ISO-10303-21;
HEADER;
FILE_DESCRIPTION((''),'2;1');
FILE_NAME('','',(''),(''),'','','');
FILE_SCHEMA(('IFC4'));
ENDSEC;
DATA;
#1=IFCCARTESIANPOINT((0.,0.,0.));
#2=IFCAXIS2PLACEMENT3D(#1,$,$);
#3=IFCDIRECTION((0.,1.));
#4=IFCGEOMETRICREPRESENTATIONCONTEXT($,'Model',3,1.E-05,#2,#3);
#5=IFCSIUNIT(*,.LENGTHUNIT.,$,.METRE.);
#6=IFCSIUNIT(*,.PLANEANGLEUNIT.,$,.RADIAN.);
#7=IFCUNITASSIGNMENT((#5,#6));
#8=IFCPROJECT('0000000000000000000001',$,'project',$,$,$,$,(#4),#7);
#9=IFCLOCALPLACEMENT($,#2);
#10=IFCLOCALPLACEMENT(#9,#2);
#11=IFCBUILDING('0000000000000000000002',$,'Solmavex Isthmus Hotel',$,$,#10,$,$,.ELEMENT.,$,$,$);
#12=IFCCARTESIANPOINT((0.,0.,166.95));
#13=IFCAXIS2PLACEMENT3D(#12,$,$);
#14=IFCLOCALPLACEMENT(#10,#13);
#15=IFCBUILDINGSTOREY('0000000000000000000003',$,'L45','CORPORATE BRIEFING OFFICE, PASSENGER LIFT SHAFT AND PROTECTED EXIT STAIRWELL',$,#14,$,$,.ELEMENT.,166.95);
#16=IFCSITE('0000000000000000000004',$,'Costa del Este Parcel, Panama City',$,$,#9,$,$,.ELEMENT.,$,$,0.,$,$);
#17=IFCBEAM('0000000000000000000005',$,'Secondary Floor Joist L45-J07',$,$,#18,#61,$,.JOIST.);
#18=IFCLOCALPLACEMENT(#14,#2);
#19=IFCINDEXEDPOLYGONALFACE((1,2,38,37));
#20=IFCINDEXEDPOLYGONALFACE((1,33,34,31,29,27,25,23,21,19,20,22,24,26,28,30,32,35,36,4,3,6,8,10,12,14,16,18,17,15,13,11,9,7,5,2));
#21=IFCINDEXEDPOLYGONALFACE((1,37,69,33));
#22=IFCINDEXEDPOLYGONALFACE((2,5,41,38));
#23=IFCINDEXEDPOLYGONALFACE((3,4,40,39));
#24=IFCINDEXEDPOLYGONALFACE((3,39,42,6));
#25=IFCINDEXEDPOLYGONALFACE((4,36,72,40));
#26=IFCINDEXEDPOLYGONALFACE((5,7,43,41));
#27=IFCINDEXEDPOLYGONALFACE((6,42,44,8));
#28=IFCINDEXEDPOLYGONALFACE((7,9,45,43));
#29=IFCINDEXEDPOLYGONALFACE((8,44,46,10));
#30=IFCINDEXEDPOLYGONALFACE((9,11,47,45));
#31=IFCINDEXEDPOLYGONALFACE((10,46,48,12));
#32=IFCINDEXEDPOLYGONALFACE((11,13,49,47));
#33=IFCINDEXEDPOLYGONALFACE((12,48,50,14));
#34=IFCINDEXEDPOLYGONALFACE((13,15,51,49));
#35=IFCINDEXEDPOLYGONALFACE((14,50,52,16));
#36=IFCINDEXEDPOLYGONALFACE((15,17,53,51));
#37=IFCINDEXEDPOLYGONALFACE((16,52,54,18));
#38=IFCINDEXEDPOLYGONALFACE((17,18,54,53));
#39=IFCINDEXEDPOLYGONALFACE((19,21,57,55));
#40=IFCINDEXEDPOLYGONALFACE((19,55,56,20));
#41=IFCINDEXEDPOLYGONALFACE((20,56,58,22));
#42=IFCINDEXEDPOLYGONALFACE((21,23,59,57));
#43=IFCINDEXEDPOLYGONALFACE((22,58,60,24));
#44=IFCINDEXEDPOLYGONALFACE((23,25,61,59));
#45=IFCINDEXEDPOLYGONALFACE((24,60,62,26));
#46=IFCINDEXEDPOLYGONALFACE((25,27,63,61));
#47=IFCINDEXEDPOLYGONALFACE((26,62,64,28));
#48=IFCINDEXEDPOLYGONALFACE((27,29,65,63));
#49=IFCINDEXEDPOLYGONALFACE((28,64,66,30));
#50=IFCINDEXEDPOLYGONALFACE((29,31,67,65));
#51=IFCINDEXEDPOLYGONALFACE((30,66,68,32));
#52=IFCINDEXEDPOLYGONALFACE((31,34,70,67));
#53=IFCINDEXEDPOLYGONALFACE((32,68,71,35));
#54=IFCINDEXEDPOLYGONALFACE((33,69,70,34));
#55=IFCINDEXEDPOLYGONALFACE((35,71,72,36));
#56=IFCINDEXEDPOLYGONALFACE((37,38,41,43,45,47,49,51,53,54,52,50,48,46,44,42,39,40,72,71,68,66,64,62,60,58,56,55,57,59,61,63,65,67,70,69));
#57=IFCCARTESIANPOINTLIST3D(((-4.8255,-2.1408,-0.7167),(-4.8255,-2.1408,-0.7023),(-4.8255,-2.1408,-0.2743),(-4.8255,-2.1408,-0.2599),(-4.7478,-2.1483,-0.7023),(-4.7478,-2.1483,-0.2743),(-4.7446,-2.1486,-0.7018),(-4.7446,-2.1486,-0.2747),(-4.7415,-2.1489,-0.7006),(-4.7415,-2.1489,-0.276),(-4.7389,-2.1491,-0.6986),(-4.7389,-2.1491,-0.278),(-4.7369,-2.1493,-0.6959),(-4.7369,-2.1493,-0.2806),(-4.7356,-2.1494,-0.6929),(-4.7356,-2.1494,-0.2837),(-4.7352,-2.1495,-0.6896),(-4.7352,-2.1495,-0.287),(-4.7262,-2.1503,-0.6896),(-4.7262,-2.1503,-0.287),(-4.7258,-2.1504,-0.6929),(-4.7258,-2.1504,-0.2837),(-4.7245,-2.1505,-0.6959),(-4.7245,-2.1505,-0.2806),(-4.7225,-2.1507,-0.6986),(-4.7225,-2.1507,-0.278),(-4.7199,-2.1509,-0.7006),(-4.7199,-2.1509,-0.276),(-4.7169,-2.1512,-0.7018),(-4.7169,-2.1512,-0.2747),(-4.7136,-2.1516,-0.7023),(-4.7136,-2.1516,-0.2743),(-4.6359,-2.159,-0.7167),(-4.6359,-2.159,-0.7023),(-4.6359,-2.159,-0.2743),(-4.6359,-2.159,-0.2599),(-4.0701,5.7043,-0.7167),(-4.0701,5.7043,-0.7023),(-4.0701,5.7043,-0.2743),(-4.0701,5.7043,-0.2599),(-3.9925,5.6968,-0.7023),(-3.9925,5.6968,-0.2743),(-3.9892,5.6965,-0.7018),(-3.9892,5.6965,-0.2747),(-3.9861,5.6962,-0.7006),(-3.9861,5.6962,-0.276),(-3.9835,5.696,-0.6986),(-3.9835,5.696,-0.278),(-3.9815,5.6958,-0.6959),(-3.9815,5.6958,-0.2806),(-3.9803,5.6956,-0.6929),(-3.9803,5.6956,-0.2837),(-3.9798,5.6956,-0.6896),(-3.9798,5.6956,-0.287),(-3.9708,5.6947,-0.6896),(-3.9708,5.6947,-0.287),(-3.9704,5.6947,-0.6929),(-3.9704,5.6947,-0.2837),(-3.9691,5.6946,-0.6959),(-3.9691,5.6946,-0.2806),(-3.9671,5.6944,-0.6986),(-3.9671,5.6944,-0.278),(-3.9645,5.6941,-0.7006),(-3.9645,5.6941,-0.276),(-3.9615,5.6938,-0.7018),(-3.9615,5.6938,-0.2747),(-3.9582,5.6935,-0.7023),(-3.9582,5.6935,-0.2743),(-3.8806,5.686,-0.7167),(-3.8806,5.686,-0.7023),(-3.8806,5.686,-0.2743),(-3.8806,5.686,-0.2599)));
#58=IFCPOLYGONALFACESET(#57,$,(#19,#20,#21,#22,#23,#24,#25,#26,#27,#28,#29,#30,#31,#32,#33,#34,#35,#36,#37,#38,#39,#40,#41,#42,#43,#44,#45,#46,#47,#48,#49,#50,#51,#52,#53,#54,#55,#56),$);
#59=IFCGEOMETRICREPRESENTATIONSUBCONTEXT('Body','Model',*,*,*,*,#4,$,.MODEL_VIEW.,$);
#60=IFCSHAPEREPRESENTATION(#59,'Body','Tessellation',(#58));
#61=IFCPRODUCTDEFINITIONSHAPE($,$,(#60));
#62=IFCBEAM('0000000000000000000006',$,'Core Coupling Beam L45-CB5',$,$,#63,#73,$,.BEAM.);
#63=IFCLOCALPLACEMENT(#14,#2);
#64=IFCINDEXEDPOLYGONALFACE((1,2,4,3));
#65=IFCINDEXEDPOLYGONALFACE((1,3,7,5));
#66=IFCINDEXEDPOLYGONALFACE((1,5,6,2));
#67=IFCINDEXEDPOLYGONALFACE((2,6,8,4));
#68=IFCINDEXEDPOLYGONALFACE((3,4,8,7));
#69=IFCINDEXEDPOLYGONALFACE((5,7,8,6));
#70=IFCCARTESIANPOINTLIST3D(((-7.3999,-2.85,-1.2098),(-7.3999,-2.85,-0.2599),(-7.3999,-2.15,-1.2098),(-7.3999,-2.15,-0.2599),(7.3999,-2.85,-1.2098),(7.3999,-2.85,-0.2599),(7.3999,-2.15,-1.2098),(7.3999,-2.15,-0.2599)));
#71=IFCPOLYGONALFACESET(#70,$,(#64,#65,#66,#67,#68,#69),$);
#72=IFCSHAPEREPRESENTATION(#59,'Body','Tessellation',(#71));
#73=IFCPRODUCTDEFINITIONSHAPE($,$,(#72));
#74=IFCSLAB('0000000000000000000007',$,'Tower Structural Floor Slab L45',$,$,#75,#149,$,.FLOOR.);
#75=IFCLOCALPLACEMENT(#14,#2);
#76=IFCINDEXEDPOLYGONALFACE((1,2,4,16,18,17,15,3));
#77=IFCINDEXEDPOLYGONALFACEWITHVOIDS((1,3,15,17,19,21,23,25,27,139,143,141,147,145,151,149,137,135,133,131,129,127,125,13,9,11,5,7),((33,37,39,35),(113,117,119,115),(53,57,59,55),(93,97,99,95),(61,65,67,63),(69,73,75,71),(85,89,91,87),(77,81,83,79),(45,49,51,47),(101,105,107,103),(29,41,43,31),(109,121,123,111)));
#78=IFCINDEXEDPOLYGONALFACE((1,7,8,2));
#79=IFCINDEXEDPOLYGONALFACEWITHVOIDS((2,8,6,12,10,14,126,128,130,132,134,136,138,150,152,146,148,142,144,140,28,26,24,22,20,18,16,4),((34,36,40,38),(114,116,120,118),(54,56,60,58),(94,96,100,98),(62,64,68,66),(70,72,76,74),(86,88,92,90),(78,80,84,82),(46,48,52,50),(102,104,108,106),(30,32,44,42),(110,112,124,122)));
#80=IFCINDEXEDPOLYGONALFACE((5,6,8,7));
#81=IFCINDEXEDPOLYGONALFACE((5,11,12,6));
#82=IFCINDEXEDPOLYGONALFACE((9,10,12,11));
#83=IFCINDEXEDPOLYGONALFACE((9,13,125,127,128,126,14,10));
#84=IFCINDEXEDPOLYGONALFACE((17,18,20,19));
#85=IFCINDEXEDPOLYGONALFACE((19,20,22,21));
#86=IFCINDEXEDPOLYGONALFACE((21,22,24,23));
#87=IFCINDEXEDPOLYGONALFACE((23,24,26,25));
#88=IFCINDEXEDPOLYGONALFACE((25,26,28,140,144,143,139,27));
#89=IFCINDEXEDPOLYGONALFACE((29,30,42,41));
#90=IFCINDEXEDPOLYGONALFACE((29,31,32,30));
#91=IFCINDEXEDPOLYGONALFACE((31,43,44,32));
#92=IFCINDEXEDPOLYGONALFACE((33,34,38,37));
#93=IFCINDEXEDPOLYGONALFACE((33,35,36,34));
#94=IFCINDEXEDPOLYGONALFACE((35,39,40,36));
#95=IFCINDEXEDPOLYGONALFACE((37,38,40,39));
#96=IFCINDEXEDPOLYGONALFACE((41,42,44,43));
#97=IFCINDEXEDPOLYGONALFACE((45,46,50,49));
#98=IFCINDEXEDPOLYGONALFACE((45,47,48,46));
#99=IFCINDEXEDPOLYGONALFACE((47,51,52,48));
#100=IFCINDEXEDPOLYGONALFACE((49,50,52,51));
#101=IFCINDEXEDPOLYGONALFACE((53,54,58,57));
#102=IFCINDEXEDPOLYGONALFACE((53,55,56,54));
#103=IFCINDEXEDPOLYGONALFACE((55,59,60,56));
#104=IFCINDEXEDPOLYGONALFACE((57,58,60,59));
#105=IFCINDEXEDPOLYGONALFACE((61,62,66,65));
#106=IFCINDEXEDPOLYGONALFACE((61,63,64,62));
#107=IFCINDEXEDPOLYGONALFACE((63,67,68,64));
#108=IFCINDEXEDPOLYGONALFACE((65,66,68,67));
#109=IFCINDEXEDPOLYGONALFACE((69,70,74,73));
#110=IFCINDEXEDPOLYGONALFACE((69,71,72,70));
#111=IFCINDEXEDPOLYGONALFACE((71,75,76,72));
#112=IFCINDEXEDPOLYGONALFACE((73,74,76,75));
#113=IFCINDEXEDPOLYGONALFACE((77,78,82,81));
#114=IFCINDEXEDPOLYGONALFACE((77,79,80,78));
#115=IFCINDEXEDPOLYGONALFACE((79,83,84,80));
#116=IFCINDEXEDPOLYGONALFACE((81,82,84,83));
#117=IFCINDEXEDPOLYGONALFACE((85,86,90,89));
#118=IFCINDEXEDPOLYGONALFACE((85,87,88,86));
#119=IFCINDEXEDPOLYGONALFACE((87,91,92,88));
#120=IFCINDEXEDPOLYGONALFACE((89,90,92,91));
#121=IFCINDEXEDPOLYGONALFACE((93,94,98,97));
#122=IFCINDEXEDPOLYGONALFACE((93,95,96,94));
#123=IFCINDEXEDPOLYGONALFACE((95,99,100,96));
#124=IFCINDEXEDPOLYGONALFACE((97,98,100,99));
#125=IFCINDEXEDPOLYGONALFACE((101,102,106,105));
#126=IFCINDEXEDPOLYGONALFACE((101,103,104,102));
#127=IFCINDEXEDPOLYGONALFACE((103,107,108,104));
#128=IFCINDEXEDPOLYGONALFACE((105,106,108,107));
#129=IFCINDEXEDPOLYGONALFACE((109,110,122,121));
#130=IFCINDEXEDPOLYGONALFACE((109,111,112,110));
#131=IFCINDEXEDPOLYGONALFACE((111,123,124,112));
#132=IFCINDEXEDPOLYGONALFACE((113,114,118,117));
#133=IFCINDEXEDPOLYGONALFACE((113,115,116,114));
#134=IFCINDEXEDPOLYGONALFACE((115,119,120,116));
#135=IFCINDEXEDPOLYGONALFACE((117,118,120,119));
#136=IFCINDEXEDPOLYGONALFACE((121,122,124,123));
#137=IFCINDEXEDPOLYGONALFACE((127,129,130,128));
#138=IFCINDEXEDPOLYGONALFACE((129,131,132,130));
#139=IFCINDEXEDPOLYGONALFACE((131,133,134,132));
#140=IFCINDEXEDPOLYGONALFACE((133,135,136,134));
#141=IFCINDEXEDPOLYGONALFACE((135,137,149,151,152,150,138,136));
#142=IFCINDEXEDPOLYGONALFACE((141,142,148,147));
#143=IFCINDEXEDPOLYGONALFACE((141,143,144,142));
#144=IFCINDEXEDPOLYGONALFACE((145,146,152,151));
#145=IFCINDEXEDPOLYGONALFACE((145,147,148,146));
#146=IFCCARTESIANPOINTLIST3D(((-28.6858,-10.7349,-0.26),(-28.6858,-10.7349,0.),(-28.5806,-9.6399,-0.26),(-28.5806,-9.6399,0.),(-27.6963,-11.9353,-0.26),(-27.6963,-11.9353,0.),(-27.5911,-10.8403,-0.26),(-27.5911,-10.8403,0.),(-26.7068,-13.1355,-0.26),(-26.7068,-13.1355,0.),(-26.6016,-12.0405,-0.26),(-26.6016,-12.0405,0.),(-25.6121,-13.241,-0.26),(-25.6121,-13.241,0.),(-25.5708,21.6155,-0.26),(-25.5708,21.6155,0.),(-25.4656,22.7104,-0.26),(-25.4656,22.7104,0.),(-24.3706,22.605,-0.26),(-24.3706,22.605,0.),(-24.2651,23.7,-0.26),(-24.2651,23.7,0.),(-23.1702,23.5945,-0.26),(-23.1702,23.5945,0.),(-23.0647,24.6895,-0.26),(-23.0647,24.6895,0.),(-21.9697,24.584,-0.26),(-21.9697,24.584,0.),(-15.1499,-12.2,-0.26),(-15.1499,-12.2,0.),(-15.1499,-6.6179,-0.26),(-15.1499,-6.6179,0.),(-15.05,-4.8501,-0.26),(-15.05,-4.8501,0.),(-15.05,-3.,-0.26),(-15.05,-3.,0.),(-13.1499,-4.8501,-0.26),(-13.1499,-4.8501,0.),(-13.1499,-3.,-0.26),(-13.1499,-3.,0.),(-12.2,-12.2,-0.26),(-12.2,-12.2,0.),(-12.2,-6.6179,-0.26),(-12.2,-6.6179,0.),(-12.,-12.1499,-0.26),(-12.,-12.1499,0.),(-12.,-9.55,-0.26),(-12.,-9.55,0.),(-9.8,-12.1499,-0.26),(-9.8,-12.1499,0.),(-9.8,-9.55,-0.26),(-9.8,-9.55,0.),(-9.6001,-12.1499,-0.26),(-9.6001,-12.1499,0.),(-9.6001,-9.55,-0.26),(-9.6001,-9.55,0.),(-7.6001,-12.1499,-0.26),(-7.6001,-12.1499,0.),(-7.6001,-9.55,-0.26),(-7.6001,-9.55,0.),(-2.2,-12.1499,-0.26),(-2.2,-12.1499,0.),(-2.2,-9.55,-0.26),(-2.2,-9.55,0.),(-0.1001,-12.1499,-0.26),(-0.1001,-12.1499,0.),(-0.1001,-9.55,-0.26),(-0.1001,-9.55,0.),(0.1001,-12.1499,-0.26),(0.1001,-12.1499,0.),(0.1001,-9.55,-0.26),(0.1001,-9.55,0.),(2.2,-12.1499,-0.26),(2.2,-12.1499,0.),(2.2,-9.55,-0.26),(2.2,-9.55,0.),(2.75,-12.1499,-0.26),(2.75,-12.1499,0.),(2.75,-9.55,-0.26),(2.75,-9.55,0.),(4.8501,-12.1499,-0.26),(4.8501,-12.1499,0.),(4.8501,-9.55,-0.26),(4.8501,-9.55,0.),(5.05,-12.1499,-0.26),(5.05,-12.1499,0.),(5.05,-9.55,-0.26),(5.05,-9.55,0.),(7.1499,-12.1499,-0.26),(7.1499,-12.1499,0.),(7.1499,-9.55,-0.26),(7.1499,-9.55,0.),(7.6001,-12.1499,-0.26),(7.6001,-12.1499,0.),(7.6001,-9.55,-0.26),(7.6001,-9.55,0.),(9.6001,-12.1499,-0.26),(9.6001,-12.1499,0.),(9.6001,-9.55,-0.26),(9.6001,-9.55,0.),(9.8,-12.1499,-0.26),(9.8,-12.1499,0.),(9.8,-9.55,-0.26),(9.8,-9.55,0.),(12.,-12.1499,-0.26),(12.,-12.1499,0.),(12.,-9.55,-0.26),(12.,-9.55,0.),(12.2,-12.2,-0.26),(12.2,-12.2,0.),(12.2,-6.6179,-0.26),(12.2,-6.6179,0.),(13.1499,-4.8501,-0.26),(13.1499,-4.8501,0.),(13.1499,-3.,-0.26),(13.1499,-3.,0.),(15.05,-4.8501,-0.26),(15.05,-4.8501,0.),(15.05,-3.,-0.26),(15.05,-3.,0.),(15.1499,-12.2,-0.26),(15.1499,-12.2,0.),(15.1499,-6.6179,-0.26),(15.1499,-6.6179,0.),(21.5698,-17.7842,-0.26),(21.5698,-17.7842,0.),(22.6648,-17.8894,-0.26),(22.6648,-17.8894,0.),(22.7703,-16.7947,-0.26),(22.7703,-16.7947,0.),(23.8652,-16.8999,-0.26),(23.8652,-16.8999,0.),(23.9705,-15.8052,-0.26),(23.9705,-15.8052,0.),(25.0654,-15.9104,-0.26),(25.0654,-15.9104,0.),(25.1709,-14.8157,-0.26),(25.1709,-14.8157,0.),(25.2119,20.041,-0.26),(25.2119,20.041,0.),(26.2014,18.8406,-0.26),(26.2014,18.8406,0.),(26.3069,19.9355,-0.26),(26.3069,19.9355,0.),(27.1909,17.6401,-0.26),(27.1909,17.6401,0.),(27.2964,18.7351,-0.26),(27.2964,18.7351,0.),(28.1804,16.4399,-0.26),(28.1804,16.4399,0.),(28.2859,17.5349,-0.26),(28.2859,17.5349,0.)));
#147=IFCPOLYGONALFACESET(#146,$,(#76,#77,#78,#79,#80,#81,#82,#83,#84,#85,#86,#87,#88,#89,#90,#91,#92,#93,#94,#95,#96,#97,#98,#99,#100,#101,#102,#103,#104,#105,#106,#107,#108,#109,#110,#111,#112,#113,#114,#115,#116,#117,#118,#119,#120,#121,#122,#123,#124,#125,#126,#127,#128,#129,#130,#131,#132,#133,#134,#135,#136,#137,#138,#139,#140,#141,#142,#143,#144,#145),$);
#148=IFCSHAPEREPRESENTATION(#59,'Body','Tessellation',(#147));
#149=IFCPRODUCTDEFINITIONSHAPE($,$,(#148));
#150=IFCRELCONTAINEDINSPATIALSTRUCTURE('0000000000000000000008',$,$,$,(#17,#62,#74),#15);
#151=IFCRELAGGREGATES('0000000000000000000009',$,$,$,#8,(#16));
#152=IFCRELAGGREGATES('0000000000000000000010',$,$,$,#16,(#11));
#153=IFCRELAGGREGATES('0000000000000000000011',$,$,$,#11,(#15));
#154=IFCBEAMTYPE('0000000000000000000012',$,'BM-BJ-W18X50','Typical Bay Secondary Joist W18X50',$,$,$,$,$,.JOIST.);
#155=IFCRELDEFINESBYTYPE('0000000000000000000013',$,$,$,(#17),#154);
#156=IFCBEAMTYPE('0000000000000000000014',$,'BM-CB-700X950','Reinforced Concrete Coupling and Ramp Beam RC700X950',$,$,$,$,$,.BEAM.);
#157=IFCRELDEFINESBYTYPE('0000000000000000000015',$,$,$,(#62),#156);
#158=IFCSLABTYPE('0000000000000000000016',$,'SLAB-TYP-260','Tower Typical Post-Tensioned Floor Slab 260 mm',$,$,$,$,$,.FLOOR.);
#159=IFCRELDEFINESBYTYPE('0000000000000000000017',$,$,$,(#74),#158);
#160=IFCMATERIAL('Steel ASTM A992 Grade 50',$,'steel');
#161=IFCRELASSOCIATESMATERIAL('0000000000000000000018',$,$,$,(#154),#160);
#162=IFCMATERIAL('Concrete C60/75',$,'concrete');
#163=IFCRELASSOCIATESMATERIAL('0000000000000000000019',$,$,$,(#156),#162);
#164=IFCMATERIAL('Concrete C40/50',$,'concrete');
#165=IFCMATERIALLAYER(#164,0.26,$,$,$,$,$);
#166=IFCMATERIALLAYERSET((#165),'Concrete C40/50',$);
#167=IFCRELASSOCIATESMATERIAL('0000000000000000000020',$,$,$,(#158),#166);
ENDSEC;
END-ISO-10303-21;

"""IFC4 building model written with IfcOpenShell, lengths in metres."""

from ifc_helpers import new_model, si_unit, direction, frame, origin, origin_2d, place, context, subcontext, project, spatial, polyline, rectangle, i_section, outline, extrude, material, layer, layer_set, material_profile, profile_set, type_object, element, save


model = new_model("IFC4")

# Units and contexts
model_context = context("Model", 3, precision=1e-05, world=origin(), true_north=direction((0.0, 1.0)))
body_context = subcontext(model_context, "Body", "Model", "MODEL_VIEW")
ifc_project = project(units=[si_unit("LENGTHUNIT", "METRE"), si_unit("PLANEANGLEUNIT", "RADIAN")], contexts=[model_context])

# Site, building, storey
site_placement = place(None, origin())
site = spatial("IfcSite", under=ifc_project, at=site_placement, Name="Costa del Este Parcel, Panama City", CompositionType="ELEMENT", RefElevation=0.0)
building_placement = place(site_placement, origin())
building = spatial("IfcBuilding", under=site, at=building_placement, Name="Solmavex Isthmus Hotel", CompositionType="ELEMENT")
storey_placement = place(building_placement, frame((0.0, 0.0, 166.95)))
storey = spatial("IfcBuildingStorey", under=building, at=storey_placement, Name="L45", Description="CORPORATE BRIEFING OFFICE, PASSENGER LIFT SHAFT AND PROTECTED EXIT STAIRWELL", CompositionType="ELEMENT", Elevation=166.95)

# Shared definitions
ifc_material_1 = material(Name="Concrete C60/75", Category="concrete")

# Beams
ifc_material_2 = material(Name="Steel ASTM A992 Grade 50", Category="steel")
ifc_material_profile_1 = material_profile(ifc_material_2, i_section(OverallWidth=0.1904, OverallDepth=0.4568, WebThickness=0.009, FlangeThickness=0.0144, FilletRadius=0.0127, at=origin_2d()), Name="W18X50")
ifc_profile_set_1 = profile_set([ifc_material_profile_1], Name="Steel ASTM A992 Grade 50")
beam_type_1 = type_object("IfcBeamType", Name="BM-BJ-W18X50", Description="Typical Bay Secondary Joist W18X50", PredefinedType="JOIST", material=ifc_profile_set_1)
beam_1_placement = place(storey_placement, frame((-4.7307, -2.1499, -0.4883), z_axis=(0.095844, 0.995396, 0.0), x_axis=(-0.995396, 0.095844, 0.0)))
element("IfcBeam", 1, at=beam_1_placement, inside=storey, type_object=beam_type_1, Name="Secondary Floor Joist L45-J07", PredefinedType="JOIST", context=body_context, shape_type="SweptSolid", body=[
    extrude(i_section(OverallWidth=0.1904, OverallDepth=0.4568, WebThickness=0.009, FlangeThickness=0.0144, FilletRadius=0.0127, at=origin_2d()), origin(), (0.0, 0.0, 1.0), 7.8813),
])
ifc_material_profile_2 = material_profile(ifc_material_1, rectangle(XDim=0.7, YDim=0.95, at=origin_2d()), Name="RC700X950")
ifc_profile_set_2 = profile_set([ifc_material_profile_2], Name="Concrete C60/75")
beam_type_2 = type_object("IfcBeamType", Name="BM-CB-700X950", Description="Reinforced Concrete Coupling and Ramp Beam RC700X950", PredefinedType="BEAM", material=ifc_profile_set_2)
beam_2_placement = place(storey_placement, frame((-7.3999, -2.5, -0.7349), z_axis=(1.0, 0.0, 0.0), x_axis=(0.0, 1.0, 0.0)))
element("IfcBeam", 2, at=beam_2_placement, inside=storey, type_object=beam_type_2, Name="Core Coupling Beam L45-CB5", PredefinedType="BEAM", context=body_context, shape_type="SweptSolid", body=[
    extrude(rectangle(XDim=0.7, YDim=0.95, at=origin_2d()), origin(), (0.0, 0.0, 1.0), 14.7998),
])

# Slab
ifc_material_3 = material(Name="Concrete C40/50", Category="concrete")
ifc_layer_1 = layer(ifc_material_3, 0.26)
ifc_layer_set_1 = layer_set([ifc_layer_1], Name="Concrete C40/50")
slab_type = type_object("IfcSlabType", Name="SLAB-TYP-260", Description="Tower Typical Post-Tensioned Floor Slab 260 mm", PredefinedType="FLOOR", material=ifc_layer_set_1)
slab_placement = place(storey_placement, frame((0.0, 0.0, -0.26)))
element("IfcSlab", 3, at=slab_placement, inside=storey, type_object=slab_type, Name="Tower Structural Floor Slab L45", PredefinedType="FLOOR", context=body_context, shape_type="SweptSolid", body=[
    extrude(outline(polyline([(-25.6121, -13.241), (21.5698, -17.7842), (22.6648, -17.8894), (22.7703, -16.7947), (23.8652, -16.8999), (23.9705, -15.8052), (25.0654, -15.9104), (25.1709, -14.8157), (28.1804, 16.4399), (28.2859, 17.5349), (27.1909, 17.6401), (27.2964, 18.7351), (26.2014, 18.8406), (26.3069, 19.9355), (25.2119, 20.041), (-21.9697, 24.584), (-23.0647, 24.6895), (-23.1702, 23.5945), (-24.2651, 23.7), (-24.3706, 22.605), (-25.4656, 22.7104), (-25.5708, 21.6155), (-28.5806, -9.6399), (-28.6858, -10.7349), (-27.5911, -10.8403), (-27.6963, -11.9353), (-26.6016, -12.0405), (-26.7068, -13.1355), (-25.6121, -13.241)]), holes=[polyline([(-15.1499, -6.6179), (-15.1499, -12.2), (-12.2, -12.2), (-12.2, -6.6179), (-15.1499, -6.6179)]), polyline([(12.2, -6.6179), (12.2, -12.2), (15.1499, -12.2), (15.1499, -6.6179), (12.2, -6.6179)]), polyline([(-12.0, -12.1499), (-9.8, -12.1499), (-9.8, -9.55), (-12.0, -9.55), (-12.0, -12.1499)]), polyline([(9.8, -12.1499), (12.0, -12.1499), (12.0, -9.55), (9.8, -9.55), (9.8, -12.1499)]), polyline([(-9.6001, -12.1499), (-7.6001, -12.1499), (-7.6001, -9.55), (-9.6001, -9.55), (-9.6001, -12.1499)]), polyline([(7.6001, -12.1499), (9.6001, -12.1499), (9.6001, -9.55), (7.6001, -9.55), (7.6001, -12.1499)]), polyline([(-2.2, -12.1499), (-0.1001, -12.1499), (-0.1001, -9.55), (-2.2, -9.55), (-2.2, -12.1499)]), polyline([(0.1001, -12.1499), (2.2, -12.1499), (2.2, -9.55), (0.1001, -9.55), (0.1001, -12.1499)]), polyline([(2.75, -12.1499), (4.8501, -12.1499), (4.8501, -9.55), (2.75, -9.55), (2.75, -12.1499)]), polyline([(5.05, -12.1499), (7.1499, -12.1499), (7.1499, -9.55), (5.05, -9.55), (5.05, -12.1499)]), polyline([(-15.05, -4.8501), (-13.1499, -4.8501), (-13.1499, -3.0), (-15.05, -3.0), (-15.05, -4.8501)]), polyline([(13.1499, -4.8501), (15.05, -4.8501), (15.05, -3.0), (13.1499, -3.0), (13.1499, -4.8501)])]), origin(), (0.0, 0.0, 1.0), 0.26),
])

save(model, "model.ifc")
